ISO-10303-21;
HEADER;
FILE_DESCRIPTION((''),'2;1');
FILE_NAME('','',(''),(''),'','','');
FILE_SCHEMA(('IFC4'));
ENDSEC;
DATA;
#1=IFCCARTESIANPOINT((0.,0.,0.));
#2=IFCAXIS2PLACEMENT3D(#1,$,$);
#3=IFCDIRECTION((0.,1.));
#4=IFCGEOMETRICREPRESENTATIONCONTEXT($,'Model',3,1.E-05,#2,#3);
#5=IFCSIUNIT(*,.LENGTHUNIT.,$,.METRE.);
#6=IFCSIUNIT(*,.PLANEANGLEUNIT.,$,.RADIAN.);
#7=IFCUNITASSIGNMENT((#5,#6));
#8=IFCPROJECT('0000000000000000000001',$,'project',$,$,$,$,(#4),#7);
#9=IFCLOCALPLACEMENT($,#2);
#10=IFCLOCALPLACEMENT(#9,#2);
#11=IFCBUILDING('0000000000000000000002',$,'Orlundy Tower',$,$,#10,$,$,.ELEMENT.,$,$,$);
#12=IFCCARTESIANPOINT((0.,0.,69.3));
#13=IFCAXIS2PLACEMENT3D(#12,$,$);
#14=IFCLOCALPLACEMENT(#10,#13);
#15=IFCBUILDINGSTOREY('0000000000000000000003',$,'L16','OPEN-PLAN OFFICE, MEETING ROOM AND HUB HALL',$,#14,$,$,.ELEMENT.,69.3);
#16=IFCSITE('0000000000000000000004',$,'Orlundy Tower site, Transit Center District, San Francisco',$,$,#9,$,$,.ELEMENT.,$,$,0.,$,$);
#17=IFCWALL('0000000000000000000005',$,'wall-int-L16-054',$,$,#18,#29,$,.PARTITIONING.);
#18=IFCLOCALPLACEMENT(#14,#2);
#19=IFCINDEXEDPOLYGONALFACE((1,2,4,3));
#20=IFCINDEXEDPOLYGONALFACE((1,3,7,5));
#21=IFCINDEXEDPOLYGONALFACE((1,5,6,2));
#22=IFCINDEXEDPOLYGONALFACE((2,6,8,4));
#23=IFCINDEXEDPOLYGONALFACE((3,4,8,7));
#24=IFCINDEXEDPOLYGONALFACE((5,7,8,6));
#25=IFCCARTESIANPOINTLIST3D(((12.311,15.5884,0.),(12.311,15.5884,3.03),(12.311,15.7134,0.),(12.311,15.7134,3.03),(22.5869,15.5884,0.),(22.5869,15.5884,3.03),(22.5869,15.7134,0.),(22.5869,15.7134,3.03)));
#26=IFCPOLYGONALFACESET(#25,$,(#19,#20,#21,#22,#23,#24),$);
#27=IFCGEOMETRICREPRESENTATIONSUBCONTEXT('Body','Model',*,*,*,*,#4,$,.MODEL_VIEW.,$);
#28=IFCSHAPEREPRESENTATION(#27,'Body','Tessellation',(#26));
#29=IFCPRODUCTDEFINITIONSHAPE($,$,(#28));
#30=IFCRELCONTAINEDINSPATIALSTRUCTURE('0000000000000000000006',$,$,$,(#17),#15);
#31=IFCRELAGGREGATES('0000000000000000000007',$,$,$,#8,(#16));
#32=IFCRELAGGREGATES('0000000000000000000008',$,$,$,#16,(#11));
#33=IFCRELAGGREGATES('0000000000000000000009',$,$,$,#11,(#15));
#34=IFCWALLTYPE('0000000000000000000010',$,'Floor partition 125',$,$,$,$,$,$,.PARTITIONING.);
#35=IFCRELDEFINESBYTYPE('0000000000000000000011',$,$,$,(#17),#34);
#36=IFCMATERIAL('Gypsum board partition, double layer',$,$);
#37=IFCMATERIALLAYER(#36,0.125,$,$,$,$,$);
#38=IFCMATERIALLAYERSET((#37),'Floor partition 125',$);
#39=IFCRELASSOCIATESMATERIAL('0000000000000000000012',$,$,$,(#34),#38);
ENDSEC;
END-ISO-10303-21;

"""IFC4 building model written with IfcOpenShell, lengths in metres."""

from ifc_helpers import new_model, si_unit, direction, frame, frame_2d, origin, place, context, subcontext, project, spatial, rectangle, extrude, material, layer, layer_set, type_object, element, save


model = new_model("IFC4")

# Units and contexts
model_context = context("Model", 3, precision=1e-05, world=origin(), true_north=direction((0.0, 1.0)))
body_context = subcontext(model_context, "Body", "Model", "MODEL_VIEW")
ifc_project = project(units=[si_unit("LENGTHUNIT", "METRE"), si_unit("PLANEANGLEUNIT", "RADIAN")], contexts=[model_context])

# Site, building, storey
site_placement = place(None, origin())
site = spatial("IfcSite", under=ifc_project, at=site_placement, Name="Orlundy Tower site, Transit Center District, San Francisco", CompositionType="ELEMENT", RefElevation=0.0)
building_placement = place(site_placement, origin())
building = spatial("IfcBuilding", under=site, at=building_placement, Name="Orlundy Tower", CompositionType="ELEMENT")
storey_placement = place(building_placement, frame((0.0, 0.0, 69.3)))
storey = spatial("IfcBuildingStorey", under=building, at=storey_placement, Name="L16", Description="OPEN-PLAN OFFICE, MEETING ROOM AND HUB HALL", CompositionType="ELEMENT", Elevation=69.3)

# Wall
ifc_material_1 = material(Name="Gypsum board partition, double layer")
ifc_layer_1 = layer(ifc_material_1, 0.125)
ifc_layer_set_1 = layer_set([ifc_layer_1], Name="Floor partition 125")
wall_type = type_object("IfcWallType", Name="Floor partition 125", PredefinedType="PARTITIONING", material=ifc_layer_set_1)
wall_placement = place(storey_placement, frame((12.311, 15.6509, 0.0), z_axis=(0.0, 0.0, 1.0), x_axis=(1.0, 0.0, 0.0)))
element("IfcWall", 1, at=wall_placement, inside=storey, type_object=wall_type, Name="wall-int-L16-054", PredefinedType="PARTITIONING", context=body_context, shape_type="SweptSolid", body=[
    extrude(rectangle(XDim=10.2759, YDim=0.125, at=frame_2d((5.1379, 0.0))), origin(), (0.0, 0.0, 1.0), 3.03),
])

save(model, "model.ifc")
